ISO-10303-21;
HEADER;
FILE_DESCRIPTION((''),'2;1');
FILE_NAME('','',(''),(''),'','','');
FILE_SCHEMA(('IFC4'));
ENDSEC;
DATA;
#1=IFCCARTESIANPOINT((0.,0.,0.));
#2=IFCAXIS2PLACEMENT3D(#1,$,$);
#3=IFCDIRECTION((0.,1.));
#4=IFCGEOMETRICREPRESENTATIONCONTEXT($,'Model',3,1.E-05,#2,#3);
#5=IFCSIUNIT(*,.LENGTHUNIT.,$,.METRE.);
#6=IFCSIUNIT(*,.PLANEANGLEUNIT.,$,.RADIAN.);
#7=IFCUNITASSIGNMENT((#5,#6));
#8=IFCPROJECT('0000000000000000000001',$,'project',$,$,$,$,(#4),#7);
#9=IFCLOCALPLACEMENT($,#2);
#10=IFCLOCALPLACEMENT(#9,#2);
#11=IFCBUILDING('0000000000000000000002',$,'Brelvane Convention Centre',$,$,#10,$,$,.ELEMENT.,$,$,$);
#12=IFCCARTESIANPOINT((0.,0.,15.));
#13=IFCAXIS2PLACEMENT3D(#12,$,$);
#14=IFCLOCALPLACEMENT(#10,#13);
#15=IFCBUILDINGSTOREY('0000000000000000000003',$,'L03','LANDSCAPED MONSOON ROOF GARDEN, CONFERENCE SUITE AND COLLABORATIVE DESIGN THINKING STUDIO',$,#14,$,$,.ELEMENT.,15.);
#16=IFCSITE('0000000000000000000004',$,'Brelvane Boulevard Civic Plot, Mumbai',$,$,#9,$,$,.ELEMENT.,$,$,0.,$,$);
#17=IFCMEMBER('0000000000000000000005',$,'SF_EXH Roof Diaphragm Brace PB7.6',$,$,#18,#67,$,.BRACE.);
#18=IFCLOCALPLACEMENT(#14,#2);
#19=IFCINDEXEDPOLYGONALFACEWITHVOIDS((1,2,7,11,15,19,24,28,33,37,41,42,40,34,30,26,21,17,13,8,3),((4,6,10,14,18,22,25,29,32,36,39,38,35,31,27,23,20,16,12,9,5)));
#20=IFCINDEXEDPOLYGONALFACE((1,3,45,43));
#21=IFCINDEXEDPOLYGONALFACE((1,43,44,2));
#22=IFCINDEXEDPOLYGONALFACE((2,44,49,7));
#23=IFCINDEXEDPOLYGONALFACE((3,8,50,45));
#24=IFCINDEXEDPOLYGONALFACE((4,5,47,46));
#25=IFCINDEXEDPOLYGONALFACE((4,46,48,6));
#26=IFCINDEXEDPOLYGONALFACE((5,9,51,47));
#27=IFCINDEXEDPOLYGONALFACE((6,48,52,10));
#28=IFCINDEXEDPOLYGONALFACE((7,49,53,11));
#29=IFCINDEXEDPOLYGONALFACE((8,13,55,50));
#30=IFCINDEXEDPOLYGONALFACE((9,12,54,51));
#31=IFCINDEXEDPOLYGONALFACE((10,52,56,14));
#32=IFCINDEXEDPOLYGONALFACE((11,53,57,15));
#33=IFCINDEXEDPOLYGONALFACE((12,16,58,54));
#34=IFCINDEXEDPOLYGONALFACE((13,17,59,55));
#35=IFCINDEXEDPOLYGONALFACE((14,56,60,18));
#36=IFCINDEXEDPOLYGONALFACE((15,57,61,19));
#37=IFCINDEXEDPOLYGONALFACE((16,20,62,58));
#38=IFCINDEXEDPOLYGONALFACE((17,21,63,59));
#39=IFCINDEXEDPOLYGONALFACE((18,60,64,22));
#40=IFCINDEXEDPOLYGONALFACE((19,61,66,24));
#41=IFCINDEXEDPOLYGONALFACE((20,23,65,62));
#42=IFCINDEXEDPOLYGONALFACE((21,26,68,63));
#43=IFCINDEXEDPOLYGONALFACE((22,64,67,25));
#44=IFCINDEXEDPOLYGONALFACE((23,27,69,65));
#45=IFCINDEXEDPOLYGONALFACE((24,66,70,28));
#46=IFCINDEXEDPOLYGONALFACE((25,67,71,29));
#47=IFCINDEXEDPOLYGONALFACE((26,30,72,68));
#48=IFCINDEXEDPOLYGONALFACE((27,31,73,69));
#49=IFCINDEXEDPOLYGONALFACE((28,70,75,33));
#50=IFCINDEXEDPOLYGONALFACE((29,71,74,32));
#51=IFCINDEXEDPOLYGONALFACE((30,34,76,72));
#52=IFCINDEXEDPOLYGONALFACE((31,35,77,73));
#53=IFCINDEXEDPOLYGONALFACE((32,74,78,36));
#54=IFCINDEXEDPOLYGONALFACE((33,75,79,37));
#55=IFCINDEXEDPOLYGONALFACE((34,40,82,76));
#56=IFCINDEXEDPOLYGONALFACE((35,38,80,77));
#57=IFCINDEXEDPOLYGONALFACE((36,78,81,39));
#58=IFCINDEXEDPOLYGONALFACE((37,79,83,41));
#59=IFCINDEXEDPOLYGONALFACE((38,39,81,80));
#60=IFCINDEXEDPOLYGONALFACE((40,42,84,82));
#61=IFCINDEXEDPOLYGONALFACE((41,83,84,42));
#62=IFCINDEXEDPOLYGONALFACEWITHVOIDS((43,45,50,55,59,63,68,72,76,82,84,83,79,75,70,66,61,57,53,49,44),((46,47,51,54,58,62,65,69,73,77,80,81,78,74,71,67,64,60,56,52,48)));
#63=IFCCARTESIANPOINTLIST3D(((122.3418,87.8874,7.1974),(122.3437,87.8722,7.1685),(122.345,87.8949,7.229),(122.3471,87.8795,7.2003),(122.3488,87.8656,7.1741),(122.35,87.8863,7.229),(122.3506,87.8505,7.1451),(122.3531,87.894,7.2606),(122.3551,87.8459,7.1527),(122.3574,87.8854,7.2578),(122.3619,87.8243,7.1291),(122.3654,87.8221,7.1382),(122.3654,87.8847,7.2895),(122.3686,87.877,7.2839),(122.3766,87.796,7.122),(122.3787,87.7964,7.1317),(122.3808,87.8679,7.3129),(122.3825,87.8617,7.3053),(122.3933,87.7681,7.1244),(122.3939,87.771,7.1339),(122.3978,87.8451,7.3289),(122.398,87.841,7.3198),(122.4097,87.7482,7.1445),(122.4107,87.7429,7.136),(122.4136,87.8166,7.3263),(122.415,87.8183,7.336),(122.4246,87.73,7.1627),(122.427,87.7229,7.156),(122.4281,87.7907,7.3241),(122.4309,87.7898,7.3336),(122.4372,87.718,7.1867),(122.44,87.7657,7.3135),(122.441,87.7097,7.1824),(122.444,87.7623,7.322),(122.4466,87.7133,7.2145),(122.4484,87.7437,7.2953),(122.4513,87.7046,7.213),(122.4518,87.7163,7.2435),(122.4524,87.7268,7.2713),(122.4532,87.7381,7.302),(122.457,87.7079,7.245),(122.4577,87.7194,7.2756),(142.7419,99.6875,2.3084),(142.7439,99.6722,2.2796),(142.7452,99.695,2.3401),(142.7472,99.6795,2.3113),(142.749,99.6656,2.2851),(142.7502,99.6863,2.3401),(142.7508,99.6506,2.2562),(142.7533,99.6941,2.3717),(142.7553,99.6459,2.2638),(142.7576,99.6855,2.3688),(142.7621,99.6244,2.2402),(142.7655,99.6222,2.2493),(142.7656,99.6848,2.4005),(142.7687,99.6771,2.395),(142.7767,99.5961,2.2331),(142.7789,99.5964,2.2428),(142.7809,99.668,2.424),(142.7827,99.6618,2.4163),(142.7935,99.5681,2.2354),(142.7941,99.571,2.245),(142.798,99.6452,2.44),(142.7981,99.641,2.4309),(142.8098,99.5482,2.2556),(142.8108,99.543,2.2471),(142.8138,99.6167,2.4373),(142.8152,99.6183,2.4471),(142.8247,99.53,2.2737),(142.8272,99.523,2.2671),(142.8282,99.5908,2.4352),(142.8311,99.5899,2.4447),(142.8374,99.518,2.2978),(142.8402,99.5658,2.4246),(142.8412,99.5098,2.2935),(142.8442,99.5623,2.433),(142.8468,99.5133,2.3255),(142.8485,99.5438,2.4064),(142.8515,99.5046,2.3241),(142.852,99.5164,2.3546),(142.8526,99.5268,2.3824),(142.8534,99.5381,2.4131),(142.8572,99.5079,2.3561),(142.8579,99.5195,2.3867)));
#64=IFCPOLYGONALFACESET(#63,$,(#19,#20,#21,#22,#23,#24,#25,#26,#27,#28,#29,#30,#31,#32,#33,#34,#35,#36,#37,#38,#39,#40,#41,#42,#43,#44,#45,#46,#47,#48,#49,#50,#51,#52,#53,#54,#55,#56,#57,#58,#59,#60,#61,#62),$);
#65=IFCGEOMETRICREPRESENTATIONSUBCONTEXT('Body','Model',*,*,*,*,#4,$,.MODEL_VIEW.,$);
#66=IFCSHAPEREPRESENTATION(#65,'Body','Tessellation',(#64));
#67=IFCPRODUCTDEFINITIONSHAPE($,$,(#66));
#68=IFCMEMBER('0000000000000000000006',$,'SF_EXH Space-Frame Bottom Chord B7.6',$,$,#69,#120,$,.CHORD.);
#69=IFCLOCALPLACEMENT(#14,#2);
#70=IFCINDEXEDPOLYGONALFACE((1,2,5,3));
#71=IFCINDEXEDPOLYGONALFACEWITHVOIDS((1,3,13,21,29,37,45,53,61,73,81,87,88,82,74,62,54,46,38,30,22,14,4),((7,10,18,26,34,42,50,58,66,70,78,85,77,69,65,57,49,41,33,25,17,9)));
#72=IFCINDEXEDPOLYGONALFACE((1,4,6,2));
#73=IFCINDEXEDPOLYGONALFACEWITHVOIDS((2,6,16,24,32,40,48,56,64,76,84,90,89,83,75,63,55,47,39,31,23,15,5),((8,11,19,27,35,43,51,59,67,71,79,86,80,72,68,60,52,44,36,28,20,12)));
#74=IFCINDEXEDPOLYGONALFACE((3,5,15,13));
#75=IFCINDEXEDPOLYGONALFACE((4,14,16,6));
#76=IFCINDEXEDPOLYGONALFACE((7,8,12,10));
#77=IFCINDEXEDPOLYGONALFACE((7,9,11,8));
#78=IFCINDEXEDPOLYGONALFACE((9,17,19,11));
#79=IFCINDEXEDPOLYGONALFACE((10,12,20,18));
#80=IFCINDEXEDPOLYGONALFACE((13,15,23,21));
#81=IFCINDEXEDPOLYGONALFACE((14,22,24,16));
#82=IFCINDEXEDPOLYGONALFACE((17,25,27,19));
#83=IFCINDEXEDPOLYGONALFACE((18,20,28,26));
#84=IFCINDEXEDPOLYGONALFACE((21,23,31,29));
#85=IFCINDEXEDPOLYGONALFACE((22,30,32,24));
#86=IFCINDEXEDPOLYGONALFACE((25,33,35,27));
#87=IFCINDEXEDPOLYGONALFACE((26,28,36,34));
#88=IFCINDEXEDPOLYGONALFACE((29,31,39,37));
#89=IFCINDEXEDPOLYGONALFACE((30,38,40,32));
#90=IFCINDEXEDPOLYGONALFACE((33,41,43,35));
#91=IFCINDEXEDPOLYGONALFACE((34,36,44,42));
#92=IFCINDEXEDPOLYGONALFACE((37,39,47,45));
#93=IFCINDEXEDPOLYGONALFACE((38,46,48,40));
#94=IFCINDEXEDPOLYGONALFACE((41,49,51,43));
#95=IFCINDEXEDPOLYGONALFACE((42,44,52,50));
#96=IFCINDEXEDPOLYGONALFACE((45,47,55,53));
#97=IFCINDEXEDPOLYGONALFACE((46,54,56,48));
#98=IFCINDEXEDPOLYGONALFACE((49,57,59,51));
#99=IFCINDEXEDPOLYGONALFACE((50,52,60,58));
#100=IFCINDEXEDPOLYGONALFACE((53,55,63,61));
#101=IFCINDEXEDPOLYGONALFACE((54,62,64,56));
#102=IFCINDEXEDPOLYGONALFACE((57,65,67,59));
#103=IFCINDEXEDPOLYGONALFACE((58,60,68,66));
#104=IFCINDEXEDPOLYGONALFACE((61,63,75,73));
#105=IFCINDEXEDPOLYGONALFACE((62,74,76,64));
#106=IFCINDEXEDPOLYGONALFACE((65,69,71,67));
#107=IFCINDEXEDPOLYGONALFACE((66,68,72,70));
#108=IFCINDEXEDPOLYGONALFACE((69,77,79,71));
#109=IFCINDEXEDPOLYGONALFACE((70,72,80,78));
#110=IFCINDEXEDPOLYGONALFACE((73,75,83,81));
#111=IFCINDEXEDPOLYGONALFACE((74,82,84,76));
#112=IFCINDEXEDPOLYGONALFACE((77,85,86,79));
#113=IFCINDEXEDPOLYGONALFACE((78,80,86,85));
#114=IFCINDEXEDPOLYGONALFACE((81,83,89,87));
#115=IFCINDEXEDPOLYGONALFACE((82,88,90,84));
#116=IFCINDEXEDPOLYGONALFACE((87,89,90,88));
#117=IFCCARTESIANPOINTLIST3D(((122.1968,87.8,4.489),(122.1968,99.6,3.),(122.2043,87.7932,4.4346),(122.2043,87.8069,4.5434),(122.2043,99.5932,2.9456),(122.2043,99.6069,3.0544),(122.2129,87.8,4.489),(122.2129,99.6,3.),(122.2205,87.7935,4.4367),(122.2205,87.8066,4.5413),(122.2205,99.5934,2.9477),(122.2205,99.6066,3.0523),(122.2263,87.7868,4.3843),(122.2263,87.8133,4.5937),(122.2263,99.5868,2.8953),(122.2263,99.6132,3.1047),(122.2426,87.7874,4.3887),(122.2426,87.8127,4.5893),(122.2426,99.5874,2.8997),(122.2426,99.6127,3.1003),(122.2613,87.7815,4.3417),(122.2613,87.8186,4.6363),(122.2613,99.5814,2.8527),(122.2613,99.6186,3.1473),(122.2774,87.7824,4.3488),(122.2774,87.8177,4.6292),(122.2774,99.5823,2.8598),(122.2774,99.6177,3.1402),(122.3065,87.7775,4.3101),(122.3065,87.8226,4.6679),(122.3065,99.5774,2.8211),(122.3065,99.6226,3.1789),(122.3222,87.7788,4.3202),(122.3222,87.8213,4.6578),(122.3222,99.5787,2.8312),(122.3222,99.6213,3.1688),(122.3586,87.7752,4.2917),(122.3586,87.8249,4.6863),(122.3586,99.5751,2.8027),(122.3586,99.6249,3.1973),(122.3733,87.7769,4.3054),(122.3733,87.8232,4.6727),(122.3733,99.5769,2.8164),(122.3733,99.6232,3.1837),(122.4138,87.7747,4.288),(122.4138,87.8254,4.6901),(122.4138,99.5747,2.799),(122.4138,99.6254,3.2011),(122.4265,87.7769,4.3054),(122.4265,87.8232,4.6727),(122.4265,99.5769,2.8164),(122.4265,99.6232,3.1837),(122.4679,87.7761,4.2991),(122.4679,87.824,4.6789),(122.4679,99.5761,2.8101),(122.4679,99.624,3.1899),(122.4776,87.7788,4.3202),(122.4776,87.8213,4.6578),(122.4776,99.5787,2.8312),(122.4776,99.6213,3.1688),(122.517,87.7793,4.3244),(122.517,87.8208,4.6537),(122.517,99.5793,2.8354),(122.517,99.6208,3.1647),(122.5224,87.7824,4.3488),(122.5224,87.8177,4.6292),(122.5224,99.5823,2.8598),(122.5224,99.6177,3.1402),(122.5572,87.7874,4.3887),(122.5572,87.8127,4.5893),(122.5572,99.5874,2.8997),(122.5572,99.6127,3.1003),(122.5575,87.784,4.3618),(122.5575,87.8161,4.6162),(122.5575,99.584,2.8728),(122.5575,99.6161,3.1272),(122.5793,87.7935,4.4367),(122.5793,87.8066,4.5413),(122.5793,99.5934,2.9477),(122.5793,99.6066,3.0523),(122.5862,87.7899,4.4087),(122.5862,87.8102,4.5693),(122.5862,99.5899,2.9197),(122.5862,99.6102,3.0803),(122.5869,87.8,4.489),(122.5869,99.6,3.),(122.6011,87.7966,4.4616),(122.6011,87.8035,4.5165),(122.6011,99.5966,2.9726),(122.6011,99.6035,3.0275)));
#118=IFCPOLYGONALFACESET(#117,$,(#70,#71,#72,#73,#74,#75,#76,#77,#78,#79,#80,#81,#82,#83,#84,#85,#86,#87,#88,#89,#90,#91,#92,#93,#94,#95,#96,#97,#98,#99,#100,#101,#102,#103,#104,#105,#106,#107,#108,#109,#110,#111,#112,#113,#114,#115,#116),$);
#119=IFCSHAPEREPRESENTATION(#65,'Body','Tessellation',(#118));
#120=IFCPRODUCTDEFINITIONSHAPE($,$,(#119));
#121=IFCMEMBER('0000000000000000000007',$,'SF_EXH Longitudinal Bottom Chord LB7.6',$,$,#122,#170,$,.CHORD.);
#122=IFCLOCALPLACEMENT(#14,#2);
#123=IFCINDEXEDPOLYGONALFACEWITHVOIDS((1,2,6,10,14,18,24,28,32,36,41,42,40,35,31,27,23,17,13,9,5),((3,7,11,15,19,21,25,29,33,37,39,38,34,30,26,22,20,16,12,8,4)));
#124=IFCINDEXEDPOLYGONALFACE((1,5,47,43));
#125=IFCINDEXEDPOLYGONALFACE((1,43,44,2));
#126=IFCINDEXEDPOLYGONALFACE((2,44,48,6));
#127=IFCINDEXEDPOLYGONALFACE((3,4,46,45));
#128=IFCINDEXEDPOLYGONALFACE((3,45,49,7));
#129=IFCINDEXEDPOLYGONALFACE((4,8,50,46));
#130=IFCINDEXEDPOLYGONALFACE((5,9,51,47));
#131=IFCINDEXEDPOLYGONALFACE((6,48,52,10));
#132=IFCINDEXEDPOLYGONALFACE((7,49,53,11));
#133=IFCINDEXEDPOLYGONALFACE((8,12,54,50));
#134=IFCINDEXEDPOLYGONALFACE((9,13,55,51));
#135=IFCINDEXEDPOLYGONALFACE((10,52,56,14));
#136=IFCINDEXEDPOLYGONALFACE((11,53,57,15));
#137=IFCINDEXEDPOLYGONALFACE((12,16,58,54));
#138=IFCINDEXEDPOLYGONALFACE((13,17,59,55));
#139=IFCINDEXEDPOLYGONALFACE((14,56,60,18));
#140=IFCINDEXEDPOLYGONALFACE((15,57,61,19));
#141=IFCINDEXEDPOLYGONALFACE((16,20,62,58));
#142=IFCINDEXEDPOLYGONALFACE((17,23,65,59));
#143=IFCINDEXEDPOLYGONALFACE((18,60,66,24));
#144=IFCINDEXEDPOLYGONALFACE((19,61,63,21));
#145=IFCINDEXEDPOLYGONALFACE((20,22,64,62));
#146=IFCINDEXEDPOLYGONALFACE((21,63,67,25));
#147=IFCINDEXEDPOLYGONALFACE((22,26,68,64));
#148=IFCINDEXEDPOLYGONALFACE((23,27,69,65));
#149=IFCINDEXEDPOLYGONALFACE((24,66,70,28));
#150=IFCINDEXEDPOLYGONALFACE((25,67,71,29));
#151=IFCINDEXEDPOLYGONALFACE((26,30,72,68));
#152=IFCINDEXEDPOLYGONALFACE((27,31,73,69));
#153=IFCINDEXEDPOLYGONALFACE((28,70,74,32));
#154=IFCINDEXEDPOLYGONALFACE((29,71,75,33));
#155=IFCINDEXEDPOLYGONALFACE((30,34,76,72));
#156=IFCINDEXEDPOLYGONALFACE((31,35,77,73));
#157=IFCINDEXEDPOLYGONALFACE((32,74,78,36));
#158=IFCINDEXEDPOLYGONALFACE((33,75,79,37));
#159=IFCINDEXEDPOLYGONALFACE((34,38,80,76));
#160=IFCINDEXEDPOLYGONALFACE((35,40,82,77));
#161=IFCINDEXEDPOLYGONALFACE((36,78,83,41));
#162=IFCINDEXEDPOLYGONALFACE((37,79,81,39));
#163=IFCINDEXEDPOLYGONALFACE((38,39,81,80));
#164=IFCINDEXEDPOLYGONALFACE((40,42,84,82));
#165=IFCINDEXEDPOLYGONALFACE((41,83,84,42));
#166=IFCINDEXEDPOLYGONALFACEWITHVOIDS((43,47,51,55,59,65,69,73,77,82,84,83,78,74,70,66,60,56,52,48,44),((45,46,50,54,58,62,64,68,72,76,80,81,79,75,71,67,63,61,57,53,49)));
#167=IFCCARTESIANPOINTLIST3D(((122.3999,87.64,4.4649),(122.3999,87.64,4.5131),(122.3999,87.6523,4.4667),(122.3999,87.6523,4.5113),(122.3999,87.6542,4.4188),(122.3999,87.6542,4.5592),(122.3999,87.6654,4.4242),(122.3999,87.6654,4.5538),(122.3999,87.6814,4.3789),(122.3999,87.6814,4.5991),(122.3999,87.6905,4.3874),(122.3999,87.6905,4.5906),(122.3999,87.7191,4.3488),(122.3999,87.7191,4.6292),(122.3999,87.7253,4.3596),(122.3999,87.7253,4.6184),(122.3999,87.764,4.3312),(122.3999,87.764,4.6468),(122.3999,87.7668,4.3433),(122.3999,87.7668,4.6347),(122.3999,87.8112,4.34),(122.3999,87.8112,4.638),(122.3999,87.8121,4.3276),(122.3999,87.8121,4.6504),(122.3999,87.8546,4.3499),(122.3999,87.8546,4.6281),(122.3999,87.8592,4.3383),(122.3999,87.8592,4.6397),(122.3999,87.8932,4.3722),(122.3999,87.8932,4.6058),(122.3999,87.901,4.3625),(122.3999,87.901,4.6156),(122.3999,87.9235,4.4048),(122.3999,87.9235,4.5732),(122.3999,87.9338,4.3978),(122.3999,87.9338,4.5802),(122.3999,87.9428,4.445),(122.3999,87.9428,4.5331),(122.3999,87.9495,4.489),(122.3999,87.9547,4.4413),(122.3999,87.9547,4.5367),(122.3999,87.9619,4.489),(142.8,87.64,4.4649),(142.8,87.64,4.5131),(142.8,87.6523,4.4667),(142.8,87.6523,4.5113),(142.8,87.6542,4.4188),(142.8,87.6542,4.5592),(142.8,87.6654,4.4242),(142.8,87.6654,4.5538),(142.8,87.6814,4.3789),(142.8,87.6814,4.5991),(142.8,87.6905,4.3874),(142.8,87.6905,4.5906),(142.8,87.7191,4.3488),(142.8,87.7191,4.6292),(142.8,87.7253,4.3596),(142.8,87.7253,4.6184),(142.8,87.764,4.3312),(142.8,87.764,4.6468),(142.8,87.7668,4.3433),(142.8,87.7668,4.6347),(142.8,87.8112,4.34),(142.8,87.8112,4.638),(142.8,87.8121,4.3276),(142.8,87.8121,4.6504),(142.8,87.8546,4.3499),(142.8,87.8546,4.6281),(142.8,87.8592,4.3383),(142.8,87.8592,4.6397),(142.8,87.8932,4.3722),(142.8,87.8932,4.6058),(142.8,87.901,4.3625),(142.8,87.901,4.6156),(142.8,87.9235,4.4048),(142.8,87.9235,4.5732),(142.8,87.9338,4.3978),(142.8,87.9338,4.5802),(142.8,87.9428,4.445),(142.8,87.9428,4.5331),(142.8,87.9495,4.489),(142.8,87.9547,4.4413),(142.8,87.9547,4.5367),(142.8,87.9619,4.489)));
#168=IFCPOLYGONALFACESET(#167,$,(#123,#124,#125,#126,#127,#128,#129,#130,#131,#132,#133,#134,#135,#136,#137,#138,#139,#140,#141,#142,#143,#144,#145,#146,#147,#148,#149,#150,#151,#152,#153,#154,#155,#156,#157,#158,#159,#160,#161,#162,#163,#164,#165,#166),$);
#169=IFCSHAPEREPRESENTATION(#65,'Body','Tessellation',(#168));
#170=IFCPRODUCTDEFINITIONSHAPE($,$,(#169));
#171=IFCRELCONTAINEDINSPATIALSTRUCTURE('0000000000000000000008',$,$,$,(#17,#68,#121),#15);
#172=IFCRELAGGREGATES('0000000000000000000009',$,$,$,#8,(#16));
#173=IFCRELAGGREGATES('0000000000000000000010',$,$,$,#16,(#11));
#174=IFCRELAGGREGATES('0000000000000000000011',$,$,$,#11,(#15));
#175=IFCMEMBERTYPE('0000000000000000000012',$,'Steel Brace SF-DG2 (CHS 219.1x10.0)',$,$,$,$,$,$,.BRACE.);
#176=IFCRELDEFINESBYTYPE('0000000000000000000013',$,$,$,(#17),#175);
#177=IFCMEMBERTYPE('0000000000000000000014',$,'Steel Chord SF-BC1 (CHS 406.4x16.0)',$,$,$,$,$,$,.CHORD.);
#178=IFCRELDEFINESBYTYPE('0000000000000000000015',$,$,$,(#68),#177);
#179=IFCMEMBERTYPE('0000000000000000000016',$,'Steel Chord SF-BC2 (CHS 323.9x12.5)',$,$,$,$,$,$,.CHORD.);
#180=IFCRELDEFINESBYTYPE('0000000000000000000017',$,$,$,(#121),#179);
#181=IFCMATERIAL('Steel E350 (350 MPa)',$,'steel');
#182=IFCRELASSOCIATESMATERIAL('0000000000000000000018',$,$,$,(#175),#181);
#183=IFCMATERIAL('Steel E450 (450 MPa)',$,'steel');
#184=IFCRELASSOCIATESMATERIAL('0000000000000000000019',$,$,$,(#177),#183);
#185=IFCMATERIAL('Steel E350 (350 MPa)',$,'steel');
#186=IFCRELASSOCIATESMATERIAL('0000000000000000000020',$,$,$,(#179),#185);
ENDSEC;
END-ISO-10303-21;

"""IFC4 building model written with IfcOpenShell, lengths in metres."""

from ifc_helpers import new_model, si_unit, direction, frame, origin, origin_2d, place, context, subcontext, project, spatial, hollow_circle, extrude, material, material_profile, profile_set, type_object, element, save


model = new_model("IFC4")

# Units and contexts
model_context = context("Model", 3, precision=1e-05, world=origin(), true_north=direction((0.0, 1.0)))
body_context = subcontext(model_context, "Body", "Model", "MODEL_VIEW")
ifc_project = project(units=[si_unit("LENGTHUNIT", "METRE"), si_unit("PLANEANGLEUNIT", "RADIAN")], contexts=[model_context])

# Site, building, storey
site_placement = place(None, origin())
site = spatial("IfcSite", under=ifc_project, at=site_placement, Name="Brelvane Boulevard Civic Plot, Mumbai", CompositionType="ELEMENT", RefElevation=0.0)
building_placement = place(site_placement, origin())
building = spatial("IfcBuilding", under=site, at=building_placement, Name="Brelvane Convention Centre", CompositionType="ELEMENT")
storey_placement = place(building_placement, frame((0.0, 0.0, 15.0)))
storey = spatial("IfcBuildingStorey", under=building, at=storey_placement, Name="L03", Description="LANDSCAPED MONSOON ROOF GARDEN, CONFERENCE SUITE AND COLLABORATIVE DESIGN THINKING STUDIO", CompositionType="ELEMENT", Elevation=15.0)

# Members
ifc_material_1 = material(Name="Steel E350 (350 MPa)", Category="steel")
ifc_material_profile_1 = material_profile(ifc_material_1, hollow_circle(Radius=0.1096, WallThickness=0.01, at=origin_2d()), Name="CHS 219.1x10.0")
ifc_profile_set_1 = profile_set([ifc_material_profile_1], Name="Steel E350 (350 MPa)")
member_type_1 = type_object("IfcMemberType", Name="Steel Brace SF-DG2 (CHS 219.1x10.0)", PredefinedType="BRACE", material=ifc_profile_set_1)
member_1_placement = place(storey_placement, frame((122.3999, 87.8, 7.229), z_axis=(0.847575, 0.490263, -0.203122), x_axis=(-0.500701, 0.865621, 0.0)))
element("IfcMember", 1, at=member_1_placement, inside=storey, type_object=member_type_1, Name="SF_EXH Roof Diaphragm Brace PB7.6", PredefinedType="BRACE", context=body_context, shape_type="SweptSolid", body=[
    extrude(hollow_circle(Radius=0.1096, WallThickness=0.01, at=origin_2d()), origin(), (0.0, 0.0, 1.0), 24.0688),
])
ifc_material_2 = material(Name="Steel E450 (450 MPa)", Category="steel")
ifc_material_profile_2 = material_profile(ifc_material_2, hollow_circle(Radius=0.2031, WallThickness=0.0161, at=origin_2d()), Name="CHS 406.4x16.0")
ifc_profile_set_2 = profile_set([ifc_material_profile_2], Name="Steel E450 (450 MPa)")
member_type_2 = type_object("IfcMemberType", Name="Steel Chord SF-BC1 (CHS 406.4x16.0)", PredefinedType="CHORD", material=ifc_profile_set_2)
member_2_placement = place(storey_placement, frame((122.3999, 87.8, 4.489), z_axis=(0.0, 0.992132, -0.125194), x_axis=(-1.0, 0.0, 0.0)))
element("IfcMember", 2, at=member_2_placement, inside=storey, type_object=member_type_2, Name="SF_EXH Space-Frame Bottom Chord B7.6", PredefinedType="CHORD", context=body_context, shape_type="SweptSolid", body=[
    extrude(hollow_circle(Radius=0.2031, WallThickness=0.0161, at=origin_2d()), origin(), (0.0, 0.0, 1.0), 11.8936),
])
ifc_material_3 = material(Name="Steel E350 (350 MPa)", Category="steel")
ifc_material_profile_3 = material_profile(ifc_material_3, hollow_circle(Radius=0.1619, WallThickness=0.0125, at=origin_2d()), Name="CHS 323.9x12.5")
ifc_profile_set_3 = profile_set([ifc_material_profile_3], Name="Steel E350 (350 MPa)")
member_type_3 = type_object("IfcMemberType", Name="Steel Chord SF-BC2 (CHS 323.9x12.5)", PredefinedType="CHORD", material=ifc_profile_set_3)
member_3_placement = place(storey_placement, frame((122.3999, 87.8, 4.489), z_axis=(1.0, 0.0, 0.0), x_axis=(0.0, 1.0, 0.0)))
element("IfcMember", 3, at=member_3_placement, inside=storey, type_object=member_type_3, Name="SF_EXH Longitudinal Bottom Chord LB7.6", PredefinedType="CHORD", context=body_context, shape_type="SweptSolid", body=[
    extrude(hollow_circle(Radius=0.1619, WallThickness=0.0125, at=origin_2d()), origin(), (0.0, 0.0, 1.0), 20.4001),
])

save(model, "model.ifc")
